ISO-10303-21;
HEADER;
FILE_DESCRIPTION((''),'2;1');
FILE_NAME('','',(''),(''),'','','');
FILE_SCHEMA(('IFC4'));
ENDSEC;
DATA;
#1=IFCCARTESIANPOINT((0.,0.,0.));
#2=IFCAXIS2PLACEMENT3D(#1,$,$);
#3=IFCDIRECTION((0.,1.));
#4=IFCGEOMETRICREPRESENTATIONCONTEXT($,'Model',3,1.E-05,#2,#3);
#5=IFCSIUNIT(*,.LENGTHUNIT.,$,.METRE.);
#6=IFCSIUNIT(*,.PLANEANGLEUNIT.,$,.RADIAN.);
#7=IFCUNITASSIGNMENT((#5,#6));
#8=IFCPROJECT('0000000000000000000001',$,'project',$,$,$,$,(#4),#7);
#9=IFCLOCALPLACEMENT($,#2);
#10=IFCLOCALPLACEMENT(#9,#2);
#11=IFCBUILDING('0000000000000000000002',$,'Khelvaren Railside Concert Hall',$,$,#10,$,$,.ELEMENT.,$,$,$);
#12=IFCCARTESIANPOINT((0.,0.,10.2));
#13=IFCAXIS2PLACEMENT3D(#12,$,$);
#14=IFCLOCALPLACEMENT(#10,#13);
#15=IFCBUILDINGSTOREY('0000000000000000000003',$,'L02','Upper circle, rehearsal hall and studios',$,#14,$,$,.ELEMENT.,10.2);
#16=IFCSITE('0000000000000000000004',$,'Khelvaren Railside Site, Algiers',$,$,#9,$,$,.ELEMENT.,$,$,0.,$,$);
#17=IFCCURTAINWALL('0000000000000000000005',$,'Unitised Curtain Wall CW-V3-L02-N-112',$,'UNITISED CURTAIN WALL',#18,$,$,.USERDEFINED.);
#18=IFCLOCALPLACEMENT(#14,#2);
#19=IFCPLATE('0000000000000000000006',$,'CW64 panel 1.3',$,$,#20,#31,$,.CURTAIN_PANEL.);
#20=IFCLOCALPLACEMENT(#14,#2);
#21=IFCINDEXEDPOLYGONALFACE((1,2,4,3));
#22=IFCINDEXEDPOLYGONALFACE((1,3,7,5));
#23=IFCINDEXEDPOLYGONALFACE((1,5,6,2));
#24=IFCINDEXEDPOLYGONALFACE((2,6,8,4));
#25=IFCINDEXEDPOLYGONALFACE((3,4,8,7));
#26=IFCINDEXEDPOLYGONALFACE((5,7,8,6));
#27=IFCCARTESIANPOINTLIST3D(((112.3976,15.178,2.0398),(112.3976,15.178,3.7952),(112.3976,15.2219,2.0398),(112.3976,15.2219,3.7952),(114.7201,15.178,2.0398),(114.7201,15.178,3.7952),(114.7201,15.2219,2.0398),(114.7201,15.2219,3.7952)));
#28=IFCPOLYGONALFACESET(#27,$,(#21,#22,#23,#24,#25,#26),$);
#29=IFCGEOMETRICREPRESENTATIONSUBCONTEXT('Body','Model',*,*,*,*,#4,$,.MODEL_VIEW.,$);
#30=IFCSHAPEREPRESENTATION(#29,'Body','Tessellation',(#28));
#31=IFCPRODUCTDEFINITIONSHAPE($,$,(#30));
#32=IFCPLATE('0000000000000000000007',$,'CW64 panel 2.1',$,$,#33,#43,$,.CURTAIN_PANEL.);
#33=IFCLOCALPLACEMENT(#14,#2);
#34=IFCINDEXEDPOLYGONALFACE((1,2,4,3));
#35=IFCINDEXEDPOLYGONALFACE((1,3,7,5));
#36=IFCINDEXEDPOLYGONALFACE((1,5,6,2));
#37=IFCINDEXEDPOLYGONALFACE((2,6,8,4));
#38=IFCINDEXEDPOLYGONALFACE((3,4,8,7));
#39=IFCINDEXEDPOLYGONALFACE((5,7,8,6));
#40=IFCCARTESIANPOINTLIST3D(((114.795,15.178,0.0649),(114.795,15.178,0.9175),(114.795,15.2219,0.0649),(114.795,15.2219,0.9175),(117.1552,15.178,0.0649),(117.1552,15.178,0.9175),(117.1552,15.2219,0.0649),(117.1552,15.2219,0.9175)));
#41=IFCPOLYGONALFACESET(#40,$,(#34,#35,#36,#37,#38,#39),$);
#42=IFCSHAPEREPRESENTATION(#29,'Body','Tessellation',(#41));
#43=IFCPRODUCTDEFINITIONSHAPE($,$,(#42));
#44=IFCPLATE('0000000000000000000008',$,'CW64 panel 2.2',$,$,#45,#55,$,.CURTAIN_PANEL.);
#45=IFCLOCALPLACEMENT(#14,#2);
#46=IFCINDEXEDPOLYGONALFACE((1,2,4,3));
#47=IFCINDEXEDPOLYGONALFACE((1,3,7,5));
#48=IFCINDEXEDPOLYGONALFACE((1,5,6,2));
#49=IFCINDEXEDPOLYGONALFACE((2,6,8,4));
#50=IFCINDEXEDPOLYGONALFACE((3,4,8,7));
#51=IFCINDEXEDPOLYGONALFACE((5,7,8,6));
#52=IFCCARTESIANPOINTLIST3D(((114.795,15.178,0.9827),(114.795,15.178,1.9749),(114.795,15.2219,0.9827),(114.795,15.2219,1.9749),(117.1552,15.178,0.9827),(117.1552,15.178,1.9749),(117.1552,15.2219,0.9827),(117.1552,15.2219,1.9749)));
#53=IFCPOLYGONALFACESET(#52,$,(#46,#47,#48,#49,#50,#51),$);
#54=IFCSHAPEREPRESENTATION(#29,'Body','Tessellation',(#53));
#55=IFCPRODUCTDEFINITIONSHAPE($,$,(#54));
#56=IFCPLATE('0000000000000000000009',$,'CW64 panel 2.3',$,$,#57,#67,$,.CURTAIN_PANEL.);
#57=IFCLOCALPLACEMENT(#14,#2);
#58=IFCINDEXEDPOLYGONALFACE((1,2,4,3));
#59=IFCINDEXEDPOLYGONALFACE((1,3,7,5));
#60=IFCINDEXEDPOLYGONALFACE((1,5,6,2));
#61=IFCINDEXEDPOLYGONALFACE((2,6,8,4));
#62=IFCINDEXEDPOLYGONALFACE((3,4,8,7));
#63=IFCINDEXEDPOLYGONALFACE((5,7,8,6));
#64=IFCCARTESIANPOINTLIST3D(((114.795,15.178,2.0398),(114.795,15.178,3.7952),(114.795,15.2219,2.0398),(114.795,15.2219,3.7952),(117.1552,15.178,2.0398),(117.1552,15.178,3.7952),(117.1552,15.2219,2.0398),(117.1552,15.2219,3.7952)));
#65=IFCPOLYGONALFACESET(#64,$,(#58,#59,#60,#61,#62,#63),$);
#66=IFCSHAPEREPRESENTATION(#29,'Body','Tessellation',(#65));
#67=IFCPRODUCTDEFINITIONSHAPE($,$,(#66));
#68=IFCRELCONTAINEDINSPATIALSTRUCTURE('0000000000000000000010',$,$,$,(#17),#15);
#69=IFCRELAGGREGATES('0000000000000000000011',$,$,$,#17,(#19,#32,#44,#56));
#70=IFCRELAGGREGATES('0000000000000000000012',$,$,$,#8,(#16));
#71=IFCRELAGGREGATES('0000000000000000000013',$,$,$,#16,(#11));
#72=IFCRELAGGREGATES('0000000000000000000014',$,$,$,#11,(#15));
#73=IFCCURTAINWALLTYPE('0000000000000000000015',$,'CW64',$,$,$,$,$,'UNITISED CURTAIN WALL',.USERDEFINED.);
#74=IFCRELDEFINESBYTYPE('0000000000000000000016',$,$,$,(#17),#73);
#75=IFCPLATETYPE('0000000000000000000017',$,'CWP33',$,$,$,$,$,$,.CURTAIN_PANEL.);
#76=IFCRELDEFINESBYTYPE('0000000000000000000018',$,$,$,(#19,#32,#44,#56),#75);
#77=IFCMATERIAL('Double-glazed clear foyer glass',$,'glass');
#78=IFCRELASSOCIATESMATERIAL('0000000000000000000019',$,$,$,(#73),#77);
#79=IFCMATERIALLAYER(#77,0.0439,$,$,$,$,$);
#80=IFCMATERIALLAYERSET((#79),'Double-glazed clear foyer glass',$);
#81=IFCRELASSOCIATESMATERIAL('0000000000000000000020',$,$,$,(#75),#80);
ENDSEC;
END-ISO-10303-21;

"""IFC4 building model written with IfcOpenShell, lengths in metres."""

from ifc_helpers import new_model, si_unit, direction, frame, origin, origin_2d, place, context, subcontext, project, spatial, rectangle, extrude, material, layer, layer_set, type_object, element, aggregate, save


model = new_model("IFC4")

# Units and contexts
model_context = context("Model", 3, precision=1e-05, world=origin(), true_north=direction((0.0, 1.0)))
body_context = subcontext(model_context, "Body", "Model", "MODEL_VIEW")
ifc_project = project(units=[si_unit("LENGTHUNIT", "METRE"), si_unit("PLANEANGLEUNIT", "RADIAN")], contexts=[model_context])

# Site, building, storey
site_placement = place(None, origin())
site = spatial("IfcSite", under=ifc_project, at=site_placement, Name="Khelvaren Railside Site, Algiers", CompositionType="ELEMENT", RefElevation=0.0)
building_placement = place(site_placement, origin())
building = spatial("IfcBuilding", under=site, at=building_placement, Name="Khelvaren Railside Concert Hall", CompositionType="ELEMENT")
storey_placement = place(building_placement, frame((0.0, 0.0, 10.2)))
storey = spatial("IfcBuildingStorey", under=building, at=storey_placement, Name="L02", Description="Upper circle, rehearsal hall and studios", CompositionType="ELEMENT", Elevation=10.2)

# Shared definitions
ifc_material_1 = material(Name="Double-glazed clear foyer glass", Category="glass")

# Curtain wall
curtain_wall_type_1 = type_object("IfcCurtainWallType", Name="CW64", ElementType="UNITISED CURTAIN WALL", PredefinedType="USERDEFINED", material=ifc_material_1)
curtain_wall_1_placement = place(storey_placement, origin())
curtain_wall_1 = element("IfcCurtainWall", 1, at=curtain_wall_1_placement, inside=storey, type_object=curtain_wall_type_1, Name="Unitised Curtain Wall CW-V3-L02-N-112", ObjectType="UNITISED CURTAIN WALL", PredefinedType="USERDEFINED")

# Plates
ifc_layer = layer(ifc_material_1, 0.0439)
ifc_layer_set = layer_set([ifc_layer], Name="Double-glazed clear foyer glass")
plate_type = type_object("IfcPlateType", Name="CWP33", PredefinedType="CURTAIN_PANEL", material=ifc_layer_set)
plate_1_placement = place(storey_placement, frame((113.5588, 15.2, 2.0398), z_axis=(0.0, 0.0, 1.0), x_axis=(1.0, 0.0, 0.0)))
plate_1 = element("IfcPlate", 2, at=plate_1_placement, type_object=plate_type, Name="CW64 panel 1.3", PredefinedType="CURTAIN_PANEL", context=body_context, shape_type="SweptSolid", body=[
    extrude(rectangle(XDim=2.3225, YDim=0.0439, at=origin_2d()), origin(), (0.0, 0.0, 1.0), 1.7554),
])
plate_2_placement = place(storey_placement, frame((115.9751, 15.2, 0.0649), z_axis=(0.0, 0.0, 1.0), x_axis=(1.0, 0.0, 0.0)))
plate_2 = element("IfcPlate", 3, at=plate_2_placement, type_object=plate_type, Name="CW64 panel 2.1", PredefinedType="CURTAIN_PANEL", context=body_context, shape_type="SweptSolid", body=[
    extrude(rectangle(XDim=2.3601, YDim=0.0439, at=origin_2d()), origin(), (0.0, 0.0, 1.0), 0.8525),
])
plate_3_placement = place(storey_placement, frame((115.9751, 15.2, 0.9827), z_axis=(0.0, 0.0, 1.0), x_axis=(1.0, 0.0, 0.0)))
plate_3 = element("IfcPlate", 4, at=plate_3_placement, type_object=plate_type, Name="CW64 panel 2.2", PredefinedType="CURTAIN_PANEL", context=body_context, shape_type="SweptSolid", body=[
    extrude(rectangle(XDim=2.3601, YDim=0.0439, at=origin_2d()), origin(), (0.0, 0.0, 1.0), 0.9922),
])
plate_4_placement = place(storey_placement, frame((115.9751, 15.2, 2.0398), z_axis=(0.0, 0.0, 1.0), x_axis=(1.0, 0.0, 0.0)))
plate_4 = element("IfcPlate", 5, at=plate_4_placement, type_object=plate_type, Name="CW64 panel 2.3", PredefinedType="CURTAIN_PANEL", context=body_context, shape_type="SweptSolid", body=[
    extrude(rectangle(XDim=2.3601, YDim=0.0439, at=origin_2d()), origin(), (0.0, 0.0, 1.0), 1.7554),
])
aggregate(curtain_wall_1, [plate_1, plate_2, plate_3, plate_4])

save(model, "model.ifc")
